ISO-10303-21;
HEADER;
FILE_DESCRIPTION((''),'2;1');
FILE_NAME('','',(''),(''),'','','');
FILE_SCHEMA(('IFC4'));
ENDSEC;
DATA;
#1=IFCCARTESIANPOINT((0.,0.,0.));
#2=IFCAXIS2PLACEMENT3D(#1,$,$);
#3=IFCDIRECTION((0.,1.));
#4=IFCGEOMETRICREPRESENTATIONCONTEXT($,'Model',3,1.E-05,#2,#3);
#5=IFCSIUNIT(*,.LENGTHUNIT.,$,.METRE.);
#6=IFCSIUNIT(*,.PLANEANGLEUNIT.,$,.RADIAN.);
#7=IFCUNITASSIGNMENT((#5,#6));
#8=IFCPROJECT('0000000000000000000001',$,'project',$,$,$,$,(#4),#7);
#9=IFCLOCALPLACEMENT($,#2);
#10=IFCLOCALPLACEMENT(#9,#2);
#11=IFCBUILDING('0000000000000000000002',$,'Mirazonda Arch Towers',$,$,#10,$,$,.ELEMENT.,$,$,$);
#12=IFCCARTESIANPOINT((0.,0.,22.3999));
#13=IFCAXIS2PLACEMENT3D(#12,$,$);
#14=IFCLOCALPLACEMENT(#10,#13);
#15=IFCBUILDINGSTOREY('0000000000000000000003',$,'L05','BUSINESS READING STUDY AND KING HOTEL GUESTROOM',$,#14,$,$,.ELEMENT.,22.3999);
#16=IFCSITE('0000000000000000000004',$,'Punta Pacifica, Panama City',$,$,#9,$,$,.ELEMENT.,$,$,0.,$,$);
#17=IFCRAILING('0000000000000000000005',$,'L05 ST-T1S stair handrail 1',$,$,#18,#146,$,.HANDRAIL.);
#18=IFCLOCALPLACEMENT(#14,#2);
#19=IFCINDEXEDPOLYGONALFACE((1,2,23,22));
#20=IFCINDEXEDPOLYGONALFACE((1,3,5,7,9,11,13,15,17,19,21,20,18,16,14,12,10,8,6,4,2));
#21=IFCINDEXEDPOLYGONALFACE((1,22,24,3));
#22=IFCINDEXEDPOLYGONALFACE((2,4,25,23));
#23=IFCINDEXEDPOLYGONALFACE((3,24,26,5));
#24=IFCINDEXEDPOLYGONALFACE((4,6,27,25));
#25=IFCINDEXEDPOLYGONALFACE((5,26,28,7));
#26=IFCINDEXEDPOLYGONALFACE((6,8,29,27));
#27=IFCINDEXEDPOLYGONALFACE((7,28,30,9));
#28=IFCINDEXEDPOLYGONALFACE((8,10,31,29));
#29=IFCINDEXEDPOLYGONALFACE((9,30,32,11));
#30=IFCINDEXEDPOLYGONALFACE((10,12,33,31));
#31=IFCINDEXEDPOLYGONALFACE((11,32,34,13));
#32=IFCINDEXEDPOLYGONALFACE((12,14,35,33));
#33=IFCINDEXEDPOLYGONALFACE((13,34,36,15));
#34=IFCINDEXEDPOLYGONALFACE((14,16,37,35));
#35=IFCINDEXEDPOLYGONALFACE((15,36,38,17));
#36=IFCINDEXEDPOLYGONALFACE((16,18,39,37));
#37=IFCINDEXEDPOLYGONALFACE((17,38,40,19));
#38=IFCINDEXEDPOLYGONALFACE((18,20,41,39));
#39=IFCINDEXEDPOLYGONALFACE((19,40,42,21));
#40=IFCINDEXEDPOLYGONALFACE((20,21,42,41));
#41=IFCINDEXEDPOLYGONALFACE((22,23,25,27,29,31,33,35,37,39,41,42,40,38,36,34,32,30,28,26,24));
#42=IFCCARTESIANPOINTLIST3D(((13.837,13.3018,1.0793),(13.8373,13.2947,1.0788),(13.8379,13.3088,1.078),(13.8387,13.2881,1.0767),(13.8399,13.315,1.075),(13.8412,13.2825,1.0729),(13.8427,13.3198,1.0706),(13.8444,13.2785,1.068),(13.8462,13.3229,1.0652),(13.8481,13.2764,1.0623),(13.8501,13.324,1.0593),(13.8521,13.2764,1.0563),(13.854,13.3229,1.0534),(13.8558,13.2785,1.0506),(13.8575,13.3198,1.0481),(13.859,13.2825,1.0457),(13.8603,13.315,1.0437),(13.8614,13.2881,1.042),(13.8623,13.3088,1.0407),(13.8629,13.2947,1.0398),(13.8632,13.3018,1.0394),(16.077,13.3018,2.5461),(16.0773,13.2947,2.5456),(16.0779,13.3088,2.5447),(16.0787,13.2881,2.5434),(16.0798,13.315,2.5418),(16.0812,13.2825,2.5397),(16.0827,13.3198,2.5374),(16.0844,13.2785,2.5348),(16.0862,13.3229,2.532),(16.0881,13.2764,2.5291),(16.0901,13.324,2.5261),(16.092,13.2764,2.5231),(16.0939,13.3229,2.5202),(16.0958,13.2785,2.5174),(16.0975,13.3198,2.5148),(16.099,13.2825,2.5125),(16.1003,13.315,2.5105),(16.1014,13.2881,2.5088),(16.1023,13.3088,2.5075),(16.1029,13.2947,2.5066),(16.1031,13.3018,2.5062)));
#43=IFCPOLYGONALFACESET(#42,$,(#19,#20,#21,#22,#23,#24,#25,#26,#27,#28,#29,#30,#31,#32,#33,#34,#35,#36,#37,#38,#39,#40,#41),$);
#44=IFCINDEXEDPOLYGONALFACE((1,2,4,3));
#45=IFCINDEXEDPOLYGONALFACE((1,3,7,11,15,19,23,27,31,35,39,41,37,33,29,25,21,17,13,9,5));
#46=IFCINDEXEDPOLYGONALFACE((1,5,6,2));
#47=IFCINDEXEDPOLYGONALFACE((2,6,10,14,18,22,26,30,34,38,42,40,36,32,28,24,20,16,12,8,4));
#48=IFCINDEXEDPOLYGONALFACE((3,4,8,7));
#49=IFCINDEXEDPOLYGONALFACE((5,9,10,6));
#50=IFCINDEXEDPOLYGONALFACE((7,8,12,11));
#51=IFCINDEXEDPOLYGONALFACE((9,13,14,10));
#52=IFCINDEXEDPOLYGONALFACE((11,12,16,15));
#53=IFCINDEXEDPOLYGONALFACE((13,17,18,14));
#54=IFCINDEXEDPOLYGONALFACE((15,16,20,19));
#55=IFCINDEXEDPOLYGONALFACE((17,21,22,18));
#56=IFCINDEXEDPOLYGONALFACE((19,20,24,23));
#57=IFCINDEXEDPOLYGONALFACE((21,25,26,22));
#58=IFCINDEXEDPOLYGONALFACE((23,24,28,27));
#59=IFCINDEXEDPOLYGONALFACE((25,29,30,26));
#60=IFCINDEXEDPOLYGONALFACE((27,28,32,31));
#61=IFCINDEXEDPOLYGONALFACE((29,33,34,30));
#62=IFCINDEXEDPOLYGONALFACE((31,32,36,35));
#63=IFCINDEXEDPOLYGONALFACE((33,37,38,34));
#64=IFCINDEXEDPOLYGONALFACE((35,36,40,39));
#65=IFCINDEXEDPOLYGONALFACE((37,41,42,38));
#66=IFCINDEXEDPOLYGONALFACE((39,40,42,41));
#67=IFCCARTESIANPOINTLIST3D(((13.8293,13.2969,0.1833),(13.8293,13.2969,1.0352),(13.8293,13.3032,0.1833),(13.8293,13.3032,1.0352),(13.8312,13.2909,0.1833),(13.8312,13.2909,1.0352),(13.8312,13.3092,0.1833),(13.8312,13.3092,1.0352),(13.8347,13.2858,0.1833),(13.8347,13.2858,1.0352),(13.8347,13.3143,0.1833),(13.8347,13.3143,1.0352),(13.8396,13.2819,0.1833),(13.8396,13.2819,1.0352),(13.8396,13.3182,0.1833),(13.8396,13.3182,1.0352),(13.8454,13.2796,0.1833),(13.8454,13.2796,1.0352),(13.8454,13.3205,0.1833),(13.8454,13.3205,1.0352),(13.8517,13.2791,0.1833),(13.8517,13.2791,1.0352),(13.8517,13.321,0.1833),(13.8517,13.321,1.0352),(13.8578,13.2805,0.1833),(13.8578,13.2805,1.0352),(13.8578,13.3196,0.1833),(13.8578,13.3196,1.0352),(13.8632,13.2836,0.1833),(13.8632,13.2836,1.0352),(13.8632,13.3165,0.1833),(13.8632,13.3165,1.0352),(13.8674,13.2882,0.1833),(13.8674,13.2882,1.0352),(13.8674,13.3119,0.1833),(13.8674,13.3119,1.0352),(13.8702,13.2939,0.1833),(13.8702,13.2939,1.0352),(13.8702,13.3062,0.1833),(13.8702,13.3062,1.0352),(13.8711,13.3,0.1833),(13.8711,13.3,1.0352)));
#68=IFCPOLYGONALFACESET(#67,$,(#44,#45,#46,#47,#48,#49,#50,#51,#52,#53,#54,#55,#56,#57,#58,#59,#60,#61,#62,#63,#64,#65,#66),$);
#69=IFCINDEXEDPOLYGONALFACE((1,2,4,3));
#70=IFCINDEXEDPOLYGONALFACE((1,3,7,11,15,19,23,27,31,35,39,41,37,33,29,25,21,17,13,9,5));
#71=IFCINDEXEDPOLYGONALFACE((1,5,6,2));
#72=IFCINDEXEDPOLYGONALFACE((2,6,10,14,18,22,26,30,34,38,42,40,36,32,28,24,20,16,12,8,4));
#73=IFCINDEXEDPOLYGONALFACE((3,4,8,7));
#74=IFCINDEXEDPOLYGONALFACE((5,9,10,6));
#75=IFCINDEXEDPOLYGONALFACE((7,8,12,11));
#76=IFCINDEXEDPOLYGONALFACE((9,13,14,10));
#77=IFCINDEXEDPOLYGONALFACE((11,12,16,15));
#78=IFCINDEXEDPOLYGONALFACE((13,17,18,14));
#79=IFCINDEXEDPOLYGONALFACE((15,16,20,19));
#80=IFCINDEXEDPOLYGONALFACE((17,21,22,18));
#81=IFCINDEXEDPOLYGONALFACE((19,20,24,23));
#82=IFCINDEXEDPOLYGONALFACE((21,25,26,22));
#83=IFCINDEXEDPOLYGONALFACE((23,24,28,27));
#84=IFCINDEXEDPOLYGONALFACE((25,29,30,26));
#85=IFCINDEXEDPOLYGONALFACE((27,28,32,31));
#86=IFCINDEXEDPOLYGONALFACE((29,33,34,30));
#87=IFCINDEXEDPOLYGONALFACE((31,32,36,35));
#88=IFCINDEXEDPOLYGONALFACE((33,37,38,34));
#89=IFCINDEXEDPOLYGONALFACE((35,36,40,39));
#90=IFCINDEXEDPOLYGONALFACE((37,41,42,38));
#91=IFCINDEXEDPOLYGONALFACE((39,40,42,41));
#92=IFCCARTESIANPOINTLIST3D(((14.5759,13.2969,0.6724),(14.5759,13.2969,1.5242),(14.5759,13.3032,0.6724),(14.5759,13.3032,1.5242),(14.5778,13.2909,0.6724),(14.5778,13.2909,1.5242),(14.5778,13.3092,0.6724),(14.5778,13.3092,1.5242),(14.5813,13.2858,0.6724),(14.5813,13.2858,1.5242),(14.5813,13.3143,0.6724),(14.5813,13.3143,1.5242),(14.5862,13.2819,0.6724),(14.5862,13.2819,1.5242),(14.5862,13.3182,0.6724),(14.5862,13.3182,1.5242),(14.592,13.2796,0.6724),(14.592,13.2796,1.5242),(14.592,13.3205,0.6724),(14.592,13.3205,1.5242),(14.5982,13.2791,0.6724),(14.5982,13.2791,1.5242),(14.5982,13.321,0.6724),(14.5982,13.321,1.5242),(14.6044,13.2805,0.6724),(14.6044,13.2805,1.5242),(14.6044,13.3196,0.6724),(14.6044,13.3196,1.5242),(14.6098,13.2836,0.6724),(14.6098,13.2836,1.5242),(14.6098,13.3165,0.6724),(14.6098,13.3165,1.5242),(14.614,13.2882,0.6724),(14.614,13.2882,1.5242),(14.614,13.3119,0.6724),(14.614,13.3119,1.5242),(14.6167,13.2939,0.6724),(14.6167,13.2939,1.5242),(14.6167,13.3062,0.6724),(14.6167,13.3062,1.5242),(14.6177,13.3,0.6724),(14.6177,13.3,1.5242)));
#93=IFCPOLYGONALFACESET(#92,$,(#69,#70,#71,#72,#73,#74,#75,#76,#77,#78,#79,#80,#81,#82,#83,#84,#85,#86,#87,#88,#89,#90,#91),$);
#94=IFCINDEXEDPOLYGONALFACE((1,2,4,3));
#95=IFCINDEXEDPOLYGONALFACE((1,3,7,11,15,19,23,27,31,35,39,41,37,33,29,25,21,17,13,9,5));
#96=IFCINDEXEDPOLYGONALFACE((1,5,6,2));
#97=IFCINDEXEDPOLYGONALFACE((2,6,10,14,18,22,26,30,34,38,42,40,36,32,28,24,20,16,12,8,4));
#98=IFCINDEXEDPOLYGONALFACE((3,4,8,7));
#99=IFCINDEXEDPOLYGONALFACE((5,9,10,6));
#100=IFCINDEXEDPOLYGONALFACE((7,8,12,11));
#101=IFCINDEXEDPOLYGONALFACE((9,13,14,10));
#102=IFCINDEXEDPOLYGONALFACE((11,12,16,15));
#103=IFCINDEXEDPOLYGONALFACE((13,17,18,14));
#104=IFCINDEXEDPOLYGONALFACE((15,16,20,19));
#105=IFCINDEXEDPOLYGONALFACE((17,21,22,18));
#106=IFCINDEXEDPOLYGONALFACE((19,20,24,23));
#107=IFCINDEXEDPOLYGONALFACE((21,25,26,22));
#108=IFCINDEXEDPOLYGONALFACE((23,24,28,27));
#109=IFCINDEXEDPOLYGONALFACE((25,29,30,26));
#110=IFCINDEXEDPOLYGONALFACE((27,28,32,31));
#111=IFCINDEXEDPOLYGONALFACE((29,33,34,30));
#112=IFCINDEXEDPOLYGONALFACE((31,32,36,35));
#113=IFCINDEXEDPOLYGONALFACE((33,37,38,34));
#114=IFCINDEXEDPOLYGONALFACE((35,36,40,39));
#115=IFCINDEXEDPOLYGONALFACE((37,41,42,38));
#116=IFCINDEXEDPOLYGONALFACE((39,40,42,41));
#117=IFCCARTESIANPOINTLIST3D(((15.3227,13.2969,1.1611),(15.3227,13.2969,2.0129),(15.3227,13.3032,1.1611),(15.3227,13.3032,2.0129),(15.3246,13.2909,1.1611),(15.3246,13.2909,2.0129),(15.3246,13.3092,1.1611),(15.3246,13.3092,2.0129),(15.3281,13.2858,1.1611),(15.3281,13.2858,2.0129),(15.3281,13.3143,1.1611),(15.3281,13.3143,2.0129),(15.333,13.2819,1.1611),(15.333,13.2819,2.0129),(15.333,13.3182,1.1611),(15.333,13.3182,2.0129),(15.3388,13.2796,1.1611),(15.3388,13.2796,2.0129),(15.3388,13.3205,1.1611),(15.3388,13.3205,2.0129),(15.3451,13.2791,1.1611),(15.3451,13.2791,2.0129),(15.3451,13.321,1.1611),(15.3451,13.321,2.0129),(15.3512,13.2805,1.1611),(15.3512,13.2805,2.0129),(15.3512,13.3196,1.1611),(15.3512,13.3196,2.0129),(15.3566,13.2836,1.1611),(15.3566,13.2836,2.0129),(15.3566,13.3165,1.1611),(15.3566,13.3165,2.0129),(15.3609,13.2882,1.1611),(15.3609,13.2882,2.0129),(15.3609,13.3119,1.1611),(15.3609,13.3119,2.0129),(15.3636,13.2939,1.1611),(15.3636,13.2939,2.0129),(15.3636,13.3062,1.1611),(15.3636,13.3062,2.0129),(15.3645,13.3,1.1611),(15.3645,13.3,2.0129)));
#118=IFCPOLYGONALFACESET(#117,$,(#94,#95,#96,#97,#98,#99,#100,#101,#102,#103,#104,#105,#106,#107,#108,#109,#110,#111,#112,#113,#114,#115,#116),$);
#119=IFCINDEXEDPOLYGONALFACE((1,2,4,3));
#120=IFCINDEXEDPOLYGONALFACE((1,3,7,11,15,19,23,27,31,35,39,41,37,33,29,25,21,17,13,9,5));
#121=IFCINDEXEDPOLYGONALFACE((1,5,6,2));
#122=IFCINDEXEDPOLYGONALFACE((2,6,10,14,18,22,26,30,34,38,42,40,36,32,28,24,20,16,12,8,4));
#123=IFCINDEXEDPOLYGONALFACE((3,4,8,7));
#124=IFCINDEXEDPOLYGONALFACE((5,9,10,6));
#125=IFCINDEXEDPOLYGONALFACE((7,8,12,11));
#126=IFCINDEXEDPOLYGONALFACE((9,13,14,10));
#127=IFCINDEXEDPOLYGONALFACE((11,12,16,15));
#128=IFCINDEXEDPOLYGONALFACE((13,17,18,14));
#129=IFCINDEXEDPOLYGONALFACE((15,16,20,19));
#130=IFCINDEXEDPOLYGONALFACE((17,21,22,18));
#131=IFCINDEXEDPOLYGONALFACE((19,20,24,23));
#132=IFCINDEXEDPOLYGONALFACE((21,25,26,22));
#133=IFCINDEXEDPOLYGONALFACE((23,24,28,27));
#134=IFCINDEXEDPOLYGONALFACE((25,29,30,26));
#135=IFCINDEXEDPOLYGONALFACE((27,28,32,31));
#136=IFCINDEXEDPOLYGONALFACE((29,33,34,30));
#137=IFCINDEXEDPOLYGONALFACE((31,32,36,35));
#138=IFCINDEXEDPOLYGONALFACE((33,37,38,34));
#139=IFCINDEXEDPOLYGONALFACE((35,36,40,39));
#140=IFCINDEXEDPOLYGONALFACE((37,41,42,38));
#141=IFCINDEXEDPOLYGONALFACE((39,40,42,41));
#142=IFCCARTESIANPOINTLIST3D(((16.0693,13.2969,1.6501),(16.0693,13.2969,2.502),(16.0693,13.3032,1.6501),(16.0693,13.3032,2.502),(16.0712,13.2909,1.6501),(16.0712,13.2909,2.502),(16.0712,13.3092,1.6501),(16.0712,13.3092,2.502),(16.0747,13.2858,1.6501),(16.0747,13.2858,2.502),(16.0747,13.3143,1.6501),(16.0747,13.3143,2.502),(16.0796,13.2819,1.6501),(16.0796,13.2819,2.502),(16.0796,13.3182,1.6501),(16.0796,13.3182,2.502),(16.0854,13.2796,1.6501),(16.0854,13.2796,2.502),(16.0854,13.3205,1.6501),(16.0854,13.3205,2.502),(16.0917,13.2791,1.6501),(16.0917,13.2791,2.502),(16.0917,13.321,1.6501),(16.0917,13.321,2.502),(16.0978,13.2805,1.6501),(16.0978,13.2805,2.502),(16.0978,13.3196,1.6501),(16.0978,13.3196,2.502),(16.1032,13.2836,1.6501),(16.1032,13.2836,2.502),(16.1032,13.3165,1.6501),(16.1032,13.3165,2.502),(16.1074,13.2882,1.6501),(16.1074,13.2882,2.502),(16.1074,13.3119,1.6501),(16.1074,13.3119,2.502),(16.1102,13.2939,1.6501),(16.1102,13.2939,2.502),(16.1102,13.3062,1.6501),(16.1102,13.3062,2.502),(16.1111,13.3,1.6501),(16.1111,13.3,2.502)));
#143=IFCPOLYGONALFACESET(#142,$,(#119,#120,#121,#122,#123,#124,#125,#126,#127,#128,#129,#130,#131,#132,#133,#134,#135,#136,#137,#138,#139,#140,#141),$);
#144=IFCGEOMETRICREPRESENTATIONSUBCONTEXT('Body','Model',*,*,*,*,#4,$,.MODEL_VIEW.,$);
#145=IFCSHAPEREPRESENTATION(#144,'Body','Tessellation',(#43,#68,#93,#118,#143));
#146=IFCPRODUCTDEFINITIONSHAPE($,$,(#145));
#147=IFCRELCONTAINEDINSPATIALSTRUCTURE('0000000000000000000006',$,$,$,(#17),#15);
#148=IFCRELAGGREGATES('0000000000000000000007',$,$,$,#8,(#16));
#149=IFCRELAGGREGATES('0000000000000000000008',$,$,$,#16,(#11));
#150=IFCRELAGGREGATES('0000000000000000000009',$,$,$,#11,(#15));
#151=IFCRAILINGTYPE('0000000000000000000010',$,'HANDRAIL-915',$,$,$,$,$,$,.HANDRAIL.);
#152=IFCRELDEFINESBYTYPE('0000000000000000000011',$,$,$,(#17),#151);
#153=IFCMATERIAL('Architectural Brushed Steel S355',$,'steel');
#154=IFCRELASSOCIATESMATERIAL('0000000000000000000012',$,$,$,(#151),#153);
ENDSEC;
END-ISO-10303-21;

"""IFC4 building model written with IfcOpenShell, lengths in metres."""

from ifc_helpers import new_model, si_unit, direction, frame, origin, origin_2d, place, context, subcontext, project, spatial, circle, extrude, material, type_object, element, save


model = new_model("IFC4")

# Units and contexts
model_context = context("Model", 3, precision=1e-05, world=origin(), true_north=direction((0.0, 1.0)))
body_context = subcontext(model_context, "Body", "Model", "MODEL_VIEW")
ifc_project = project(units=[si_unit("LENGTHUNIT", "METRE"), si_unit("PLANEANGLEUNIT", "RADIAN")], contexts=[model_context])

# Site, building, storey
site_placement = place(None, origin())
site = spatial("IfcSite", under=ifc_project, at=site_placement, Name="Punta Pacifica, Panama City", CompositionType="ELEMENT", RefElevation=0.0)
building_placement = place(site_placement, origin())
building = spatial("IfcBuilding", under=site, at=building_placement, Name="Mirazonda Arch Towers", CompositionType="ELEMENT")
storey_placement = place(building_placement, frame((0.0, 0.0, 22.3999)))
storey = spatial("IfcBuildingStorey", under=building, at=storey_placement, Name="L05", Description="BUSINESS READING STUDY AND KING HOTEL GUESTROOM", CompositionType="ELEMENT", Elevation=22.3999)

# Shared definitions
ifc_material_1 = material(Name="Architectural Brushed Steel S355", Category="steel")

# Railing
railing_type_1 = type_object("IfcRailingType", Name="HANDRAIL-915", PredefinedType="HANDRAIL", material=ifc_material_1)
railing_1_placement = place(storey_placement, frame((13.8501, 13.3, 0.1833)))
element("IfcRailing", 1, at=railing_1_placement, inside=storey, type_object=railing_type_1, Name="L05 ST-T1S stair handrail 1", PredefinedType="HANDRAIL", context=body_context, shape_type="SweptSolid", body=[
    extrude(circle(Radius=0.0239, at=origin_2d()), frame((0.0, 0.0, 0.876), z_axis=(0.836595, 0.0, 0.547822), x_axis=(0.0, 1.0, 0.0)), (0.0, 0.0, 1.0), 2.6775),
    extrude(circle(Radius=0.021, at=origin_2d()), origin(), (0.0, 0.0, 1.0), 0.8518),
    extrude(circle(Radius=0.021, at=origin_2d()), frame((0.7466, 0.0, 0.489)), (0.0, 0.0, 1.0), 0.8518),
    extrude(circle(Radius=0.021, at=origin_2d()), frame((1.4934, 0.0, 0.9778)), (0.0, 0.0, 1.0), 0.8518),
    extrude(circle(Radius=0.021, at=origin_2d()), frame((2.24, 0.0, 1.4668)), (0.0, 0.0, 1.0), 0.8518),
])

save(model, "model.ifc")
